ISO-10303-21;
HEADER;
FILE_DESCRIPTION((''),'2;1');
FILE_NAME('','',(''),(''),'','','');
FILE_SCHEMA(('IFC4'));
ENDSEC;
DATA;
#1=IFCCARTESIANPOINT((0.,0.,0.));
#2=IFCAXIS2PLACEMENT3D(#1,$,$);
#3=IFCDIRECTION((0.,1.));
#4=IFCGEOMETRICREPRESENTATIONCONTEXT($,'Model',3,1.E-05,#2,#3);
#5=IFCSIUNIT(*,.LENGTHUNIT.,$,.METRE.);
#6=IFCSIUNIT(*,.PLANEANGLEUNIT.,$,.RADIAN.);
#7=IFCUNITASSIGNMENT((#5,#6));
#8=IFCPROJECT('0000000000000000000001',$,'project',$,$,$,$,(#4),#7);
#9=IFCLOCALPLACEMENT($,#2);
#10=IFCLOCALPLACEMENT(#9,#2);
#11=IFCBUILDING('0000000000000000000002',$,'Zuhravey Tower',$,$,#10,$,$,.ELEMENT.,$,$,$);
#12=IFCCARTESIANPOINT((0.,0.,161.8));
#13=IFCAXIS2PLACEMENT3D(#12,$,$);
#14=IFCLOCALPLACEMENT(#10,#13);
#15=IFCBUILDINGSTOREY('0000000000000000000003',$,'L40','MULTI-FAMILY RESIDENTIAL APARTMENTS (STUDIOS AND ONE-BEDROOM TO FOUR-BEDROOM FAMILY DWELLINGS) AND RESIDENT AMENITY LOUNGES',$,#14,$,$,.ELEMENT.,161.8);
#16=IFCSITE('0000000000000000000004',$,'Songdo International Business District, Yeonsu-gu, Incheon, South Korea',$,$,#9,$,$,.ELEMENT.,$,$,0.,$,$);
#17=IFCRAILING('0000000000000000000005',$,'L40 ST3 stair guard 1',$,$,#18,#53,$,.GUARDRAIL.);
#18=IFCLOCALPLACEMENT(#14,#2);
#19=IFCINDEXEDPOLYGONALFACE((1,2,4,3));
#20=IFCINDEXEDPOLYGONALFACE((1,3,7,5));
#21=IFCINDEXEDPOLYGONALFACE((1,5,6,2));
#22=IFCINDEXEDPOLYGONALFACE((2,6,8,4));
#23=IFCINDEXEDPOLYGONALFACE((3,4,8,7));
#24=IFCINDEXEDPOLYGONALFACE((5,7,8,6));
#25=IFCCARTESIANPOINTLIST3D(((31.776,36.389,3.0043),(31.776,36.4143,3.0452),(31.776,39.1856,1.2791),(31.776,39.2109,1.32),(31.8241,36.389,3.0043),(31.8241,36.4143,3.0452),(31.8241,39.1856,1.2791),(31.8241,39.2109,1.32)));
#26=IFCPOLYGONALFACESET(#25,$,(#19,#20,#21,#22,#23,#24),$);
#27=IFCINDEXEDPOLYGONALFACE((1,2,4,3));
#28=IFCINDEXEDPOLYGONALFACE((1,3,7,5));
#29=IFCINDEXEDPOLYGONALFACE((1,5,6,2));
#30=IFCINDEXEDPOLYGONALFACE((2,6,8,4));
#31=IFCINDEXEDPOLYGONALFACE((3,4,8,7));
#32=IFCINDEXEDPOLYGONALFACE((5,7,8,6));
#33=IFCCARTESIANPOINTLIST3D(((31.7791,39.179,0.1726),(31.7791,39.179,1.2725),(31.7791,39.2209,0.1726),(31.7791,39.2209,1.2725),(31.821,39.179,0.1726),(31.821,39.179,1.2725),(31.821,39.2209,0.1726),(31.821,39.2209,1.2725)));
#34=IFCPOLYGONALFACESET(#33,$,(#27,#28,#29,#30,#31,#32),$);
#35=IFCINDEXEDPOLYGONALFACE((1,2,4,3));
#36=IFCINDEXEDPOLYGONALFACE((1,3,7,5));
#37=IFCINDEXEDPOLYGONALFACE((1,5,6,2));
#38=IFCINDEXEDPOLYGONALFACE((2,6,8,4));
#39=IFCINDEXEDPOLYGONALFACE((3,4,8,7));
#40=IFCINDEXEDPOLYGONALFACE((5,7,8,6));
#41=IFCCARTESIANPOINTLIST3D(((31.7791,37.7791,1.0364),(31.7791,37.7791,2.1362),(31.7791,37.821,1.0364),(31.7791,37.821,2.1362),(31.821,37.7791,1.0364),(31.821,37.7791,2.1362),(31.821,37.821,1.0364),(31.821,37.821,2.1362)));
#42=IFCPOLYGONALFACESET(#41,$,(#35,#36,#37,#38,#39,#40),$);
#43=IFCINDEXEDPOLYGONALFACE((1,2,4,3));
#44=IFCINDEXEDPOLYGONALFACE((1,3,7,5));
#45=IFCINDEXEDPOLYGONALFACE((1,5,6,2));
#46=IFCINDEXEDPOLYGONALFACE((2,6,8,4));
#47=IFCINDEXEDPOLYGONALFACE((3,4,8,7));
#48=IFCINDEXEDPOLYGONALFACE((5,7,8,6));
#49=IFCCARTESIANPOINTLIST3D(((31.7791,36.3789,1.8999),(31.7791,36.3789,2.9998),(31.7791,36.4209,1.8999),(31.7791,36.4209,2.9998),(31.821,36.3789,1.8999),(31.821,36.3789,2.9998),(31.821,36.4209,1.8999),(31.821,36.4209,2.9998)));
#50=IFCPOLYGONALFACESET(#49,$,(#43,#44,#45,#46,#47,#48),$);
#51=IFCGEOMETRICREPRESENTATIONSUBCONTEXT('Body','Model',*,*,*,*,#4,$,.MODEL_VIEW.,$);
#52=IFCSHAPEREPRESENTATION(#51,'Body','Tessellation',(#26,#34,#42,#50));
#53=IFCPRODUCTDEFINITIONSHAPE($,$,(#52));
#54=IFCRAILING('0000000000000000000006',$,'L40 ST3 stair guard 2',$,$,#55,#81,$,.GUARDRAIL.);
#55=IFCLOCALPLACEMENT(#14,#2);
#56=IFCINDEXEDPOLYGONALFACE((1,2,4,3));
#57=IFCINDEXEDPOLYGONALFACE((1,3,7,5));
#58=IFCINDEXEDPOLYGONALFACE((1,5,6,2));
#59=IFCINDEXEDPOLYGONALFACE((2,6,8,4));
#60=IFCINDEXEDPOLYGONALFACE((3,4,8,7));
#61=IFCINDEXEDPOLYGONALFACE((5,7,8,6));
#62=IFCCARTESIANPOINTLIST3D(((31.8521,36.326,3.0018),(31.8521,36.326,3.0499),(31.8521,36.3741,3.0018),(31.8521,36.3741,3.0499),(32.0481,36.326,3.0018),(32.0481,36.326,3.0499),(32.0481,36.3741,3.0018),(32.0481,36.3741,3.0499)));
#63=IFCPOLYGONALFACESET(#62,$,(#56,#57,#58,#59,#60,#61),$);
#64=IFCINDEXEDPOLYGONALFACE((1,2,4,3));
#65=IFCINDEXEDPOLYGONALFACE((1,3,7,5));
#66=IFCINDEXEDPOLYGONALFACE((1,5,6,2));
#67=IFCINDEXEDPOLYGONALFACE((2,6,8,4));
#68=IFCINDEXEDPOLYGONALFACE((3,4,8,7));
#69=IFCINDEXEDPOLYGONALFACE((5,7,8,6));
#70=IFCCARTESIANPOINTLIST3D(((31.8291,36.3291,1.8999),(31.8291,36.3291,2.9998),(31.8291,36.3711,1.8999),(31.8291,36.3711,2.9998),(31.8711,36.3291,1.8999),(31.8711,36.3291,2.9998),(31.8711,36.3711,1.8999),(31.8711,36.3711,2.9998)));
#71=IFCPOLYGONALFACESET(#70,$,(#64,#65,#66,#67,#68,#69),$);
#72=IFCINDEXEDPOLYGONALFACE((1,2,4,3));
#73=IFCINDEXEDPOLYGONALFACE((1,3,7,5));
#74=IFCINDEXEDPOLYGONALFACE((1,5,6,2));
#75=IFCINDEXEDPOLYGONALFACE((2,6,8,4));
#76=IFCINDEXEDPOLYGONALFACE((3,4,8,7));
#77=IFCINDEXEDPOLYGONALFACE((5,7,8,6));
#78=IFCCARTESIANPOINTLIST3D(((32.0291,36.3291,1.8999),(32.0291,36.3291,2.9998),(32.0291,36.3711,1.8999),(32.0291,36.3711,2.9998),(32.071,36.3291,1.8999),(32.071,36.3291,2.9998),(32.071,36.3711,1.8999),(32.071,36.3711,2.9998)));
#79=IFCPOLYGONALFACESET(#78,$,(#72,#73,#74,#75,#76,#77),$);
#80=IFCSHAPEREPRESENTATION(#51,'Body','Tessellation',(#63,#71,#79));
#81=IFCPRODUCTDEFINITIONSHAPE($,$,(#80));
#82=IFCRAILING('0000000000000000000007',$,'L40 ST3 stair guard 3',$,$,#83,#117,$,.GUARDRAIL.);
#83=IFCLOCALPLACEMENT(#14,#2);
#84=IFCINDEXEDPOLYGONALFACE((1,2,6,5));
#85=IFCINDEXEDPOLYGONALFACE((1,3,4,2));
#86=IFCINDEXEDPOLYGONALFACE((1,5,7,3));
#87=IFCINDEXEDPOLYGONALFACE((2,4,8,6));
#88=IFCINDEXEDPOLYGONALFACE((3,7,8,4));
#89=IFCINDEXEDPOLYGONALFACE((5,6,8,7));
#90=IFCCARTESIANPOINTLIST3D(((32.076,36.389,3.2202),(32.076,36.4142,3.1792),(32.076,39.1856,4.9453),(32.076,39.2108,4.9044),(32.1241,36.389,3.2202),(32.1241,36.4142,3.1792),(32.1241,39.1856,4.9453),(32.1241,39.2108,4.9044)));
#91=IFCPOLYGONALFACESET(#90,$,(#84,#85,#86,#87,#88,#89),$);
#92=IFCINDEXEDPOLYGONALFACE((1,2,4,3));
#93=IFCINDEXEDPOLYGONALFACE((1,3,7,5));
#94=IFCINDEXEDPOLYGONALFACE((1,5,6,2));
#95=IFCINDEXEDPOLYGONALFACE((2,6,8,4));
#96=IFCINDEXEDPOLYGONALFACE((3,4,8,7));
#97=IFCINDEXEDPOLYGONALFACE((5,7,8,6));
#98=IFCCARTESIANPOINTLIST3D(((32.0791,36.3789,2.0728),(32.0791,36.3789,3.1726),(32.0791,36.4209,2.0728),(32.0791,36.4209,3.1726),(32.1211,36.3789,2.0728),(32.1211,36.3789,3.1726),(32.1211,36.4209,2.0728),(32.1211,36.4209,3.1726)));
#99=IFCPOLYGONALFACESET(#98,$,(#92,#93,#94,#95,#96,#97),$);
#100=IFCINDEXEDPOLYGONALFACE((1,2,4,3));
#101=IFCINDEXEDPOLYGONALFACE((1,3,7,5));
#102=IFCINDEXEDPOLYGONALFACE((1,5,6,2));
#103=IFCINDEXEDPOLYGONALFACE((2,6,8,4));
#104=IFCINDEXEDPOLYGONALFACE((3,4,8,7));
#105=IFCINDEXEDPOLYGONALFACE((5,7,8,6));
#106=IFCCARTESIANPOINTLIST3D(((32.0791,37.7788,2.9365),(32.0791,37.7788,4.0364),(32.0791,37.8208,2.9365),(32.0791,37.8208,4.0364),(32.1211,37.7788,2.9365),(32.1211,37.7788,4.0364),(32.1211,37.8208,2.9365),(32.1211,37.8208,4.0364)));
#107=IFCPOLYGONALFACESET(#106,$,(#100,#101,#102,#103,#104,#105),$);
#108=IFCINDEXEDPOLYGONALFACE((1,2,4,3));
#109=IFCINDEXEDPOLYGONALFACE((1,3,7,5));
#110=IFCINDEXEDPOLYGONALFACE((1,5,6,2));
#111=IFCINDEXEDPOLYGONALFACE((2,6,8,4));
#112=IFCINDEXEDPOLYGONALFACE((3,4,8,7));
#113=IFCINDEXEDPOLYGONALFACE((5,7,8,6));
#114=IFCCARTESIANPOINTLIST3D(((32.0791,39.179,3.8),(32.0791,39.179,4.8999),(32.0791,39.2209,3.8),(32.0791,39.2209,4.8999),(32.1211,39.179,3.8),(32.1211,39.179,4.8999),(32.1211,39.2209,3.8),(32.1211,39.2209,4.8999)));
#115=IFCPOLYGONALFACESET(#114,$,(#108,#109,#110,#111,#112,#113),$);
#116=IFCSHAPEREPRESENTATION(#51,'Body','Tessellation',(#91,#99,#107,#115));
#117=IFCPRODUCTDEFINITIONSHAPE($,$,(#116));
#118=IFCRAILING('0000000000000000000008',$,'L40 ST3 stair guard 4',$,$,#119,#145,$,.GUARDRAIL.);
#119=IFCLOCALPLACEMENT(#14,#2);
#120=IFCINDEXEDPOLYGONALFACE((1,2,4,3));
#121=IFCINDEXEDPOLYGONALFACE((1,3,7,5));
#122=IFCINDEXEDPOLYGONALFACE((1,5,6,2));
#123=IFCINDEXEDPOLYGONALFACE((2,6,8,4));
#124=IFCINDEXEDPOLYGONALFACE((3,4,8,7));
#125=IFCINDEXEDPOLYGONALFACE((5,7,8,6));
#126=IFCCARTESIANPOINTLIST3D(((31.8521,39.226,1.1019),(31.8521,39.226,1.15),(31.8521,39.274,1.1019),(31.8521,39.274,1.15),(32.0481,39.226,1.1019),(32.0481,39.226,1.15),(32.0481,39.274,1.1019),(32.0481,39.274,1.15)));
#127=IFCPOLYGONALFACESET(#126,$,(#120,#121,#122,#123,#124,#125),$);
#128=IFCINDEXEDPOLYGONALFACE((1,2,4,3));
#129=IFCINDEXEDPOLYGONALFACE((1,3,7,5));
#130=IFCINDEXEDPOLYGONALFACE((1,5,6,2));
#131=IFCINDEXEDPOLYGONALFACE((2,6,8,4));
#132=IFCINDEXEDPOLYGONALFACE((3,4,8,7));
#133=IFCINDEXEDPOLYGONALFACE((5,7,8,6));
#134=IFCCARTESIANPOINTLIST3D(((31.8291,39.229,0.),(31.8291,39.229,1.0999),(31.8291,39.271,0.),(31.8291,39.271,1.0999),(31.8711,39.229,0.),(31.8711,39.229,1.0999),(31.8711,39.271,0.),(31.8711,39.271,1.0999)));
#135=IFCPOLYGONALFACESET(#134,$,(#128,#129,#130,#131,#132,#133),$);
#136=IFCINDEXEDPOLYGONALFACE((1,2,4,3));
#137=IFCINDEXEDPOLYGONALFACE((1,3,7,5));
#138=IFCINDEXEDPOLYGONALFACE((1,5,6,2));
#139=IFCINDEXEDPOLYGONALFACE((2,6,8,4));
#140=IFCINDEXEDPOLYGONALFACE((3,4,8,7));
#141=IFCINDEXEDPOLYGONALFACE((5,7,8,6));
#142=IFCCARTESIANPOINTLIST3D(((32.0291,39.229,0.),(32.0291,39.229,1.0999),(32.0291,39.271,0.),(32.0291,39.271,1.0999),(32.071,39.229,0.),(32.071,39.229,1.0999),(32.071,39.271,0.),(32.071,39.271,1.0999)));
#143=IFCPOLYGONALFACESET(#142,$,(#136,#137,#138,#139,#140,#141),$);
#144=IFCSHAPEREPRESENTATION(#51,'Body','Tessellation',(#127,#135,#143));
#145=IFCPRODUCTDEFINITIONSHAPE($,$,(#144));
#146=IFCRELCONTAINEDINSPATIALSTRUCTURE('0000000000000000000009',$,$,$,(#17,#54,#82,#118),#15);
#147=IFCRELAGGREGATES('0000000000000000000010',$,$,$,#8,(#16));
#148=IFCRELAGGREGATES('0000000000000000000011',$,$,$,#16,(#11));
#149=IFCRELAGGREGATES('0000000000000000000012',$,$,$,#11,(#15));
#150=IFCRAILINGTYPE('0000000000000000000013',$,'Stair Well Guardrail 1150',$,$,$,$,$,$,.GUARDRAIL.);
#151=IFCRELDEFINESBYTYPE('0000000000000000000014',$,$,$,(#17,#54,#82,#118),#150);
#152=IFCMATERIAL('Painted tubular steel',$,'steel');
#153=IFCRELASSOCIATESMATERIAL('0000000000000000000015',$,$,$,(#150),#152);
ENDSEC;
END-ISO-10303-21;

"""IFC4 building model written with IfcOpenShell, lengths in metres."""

from ifc_helpers import new_model, si_unit, direction, frame, origin, origin_2d, place, context, subcontext, project, spatial, rectangle, extrude, material, type_object, element, save


model = new_model("IFC4")

# Units and contexts
model_context = context("Model", 3, precision=1e-05, world=origin(), true_north=direction((0.0, 1.0)))
body_context = subcontext(model_context, "Body", "Model", "MODEL_VIEW")
ifc_project = project(units=[si_unit("LENGTHUNIT", "METRE"), si_unit("PLANEANGLEUNIT", "RADIAN")], contexts=[model_context])

# Site, building, storey
site_placement = place(None, origin())
site = spatial("IfcSite", under=ifc_project, at=site_placement, Name="Songdo International Business District, Yeonsu-gu, Incheon, South Korea", CompositionType="ELEMENT", RefElevation=0.0)
building_placement = place(site_placement, origin())
building = spatial("IfcBuilding", under=site, at=building_placement, Name="Zuhravey Tower", CompositionType="ELEMENT")
storey_placement = place(building_placement, frame((0.0, 0.0, 161.8)))
storey = spatial("IfcBuildingStorey", under=building, at=storey_placement, Name="L40", Description="MULTI-FAMILY RESIDENTIAL APARTMENTS (STUDIOS AND ONE-BEDROOM TO FOUR-BEDROOM FAMILY DWELLINGS) AND RESIDENT AMENITY LOUNGES", CompositionType="ELEMENT", Elevation=161.8)

# Railings
ifc_material_1 = material(Name="Painted tubular steel", Category="steel")
railing_type_1 = type_object("IfcRailingType", Name="Stair Well Guardrail 1150", PredefinedType="GUARDRAIL", material=ifc_material_1)
railing_1_placement = place(storey_placement, frame((31.8, 39.2, 0.1726)))
element("IfcRailing", 1, at=railing_1_placement, inside=storey, type_object=railing_type_1, Name="L40 ST3 stair guard 1", PredefinedType="GUARDRAIL", context=body_context, shape_type="SweptSolid", body=[
    extrude(rectangle(XDim=0.0481, YDim=0.0481, at=origin_2d()), frame((0.0, -0.0017, 1.127), z_axis=(0.0, -0.85109, 0.52502), x_axis=(1.0, 0.0, 0.0)), (0.0, 0.0, 1.0), 3.2859),
    extrude(rectangle(XDim=0.042, YDim=0.042, at=origin_2d()), origin(), (0.0, 0.0, 1.0), 1.0999),
    extrude(rectangle(XDim=0.042, YDim=0.042, at=origin_2d()), frame((0.0, -1.3999, 0.8638)), (0.0, 0.0, 1.0), 1.0999),
    extrude(rectangle(XDim=0.042, YDim=0.042, at=origin_2d()), frame((0.0, -2.8, 1.7273)), (0.0, 0.0, 1.0), 1.0999),
])
railing_2_placement = place(storey_placement, frame((31.8501, 36.3501, 1.8999)))
element("IfcRailing", 2, at=railing_2_placement, inside=storey, type_object=railing_type_1, Name="L40 ST3 stair guard 2", PredefinedType="GUARDRAIL", context=body_context, shape_type="SweptSolid", body=[
    extrude(rectangle(XDim=0.0481, YDim=0.0481, at=origin_2d()), frame((0.002, 0.0, 1.126), z_axis=(1.0, 0.0, 0.0), x_axis=(0.0, 1.0, 0.0)), (0.0, 0.0, 1.0), 0.196),
    extrude(rectangle(XDim=0.042, YDim=0.042, at=origin_2d()), origin(), (0.0, 0.0, 1.0), 1.0999),
    extrude(rectangle(XDim=0.042, YDim=0.042, at=origin_2d()), frame((0.2, 0.0, 0.0)), (0.0, 0.0, 1.0), 1.0999),
])
railing_3_placement = place(storey_placement, frame((32.1001, 36.3999, 2.0728)))
element("IfcRailing", 3, at=railing_3_placement, inside=storey, type_object=railing_type_1, Name="L40 ST3 stair guard 3", PredefinedType="GUARDRAIL", context=body_context, shape_type="SweptSolid", body=[
    extrude(rectangle(XDim=0.0481, YDim=0.0481, at=origin_2d()), frame((0.0, 0.0017, 1.127), z_axis=(0.0, 0.85109, 0.52502), x_axis=(-1.0, 0.0, 0.0)), (0.0, 0.0, 1.0), 3.2859),
    extrude(rectangle(XDim=0.042, YDim=0.042, at=origin_2d()), origin(), (0.0, 0.0, 1.0), 1.0999),
    extrude(rectangle(XDim=0.042, YDim=0.042, at=origin_2d()), frame((0.0, 1.3999, 0.8638)), (0.0, 0.0, 1.0), 1.0999),
    extrude(rectangle(XDim=0.042, YDim=0.042, at=origin_2d()), frame((0.0, 2.8, 1.7273)), (0.0, 0.0, 1.0), 1.0999),
])
railing_4_placement = place(storey_placement, frame((31.8501, 39.25, 0.0)))
element("IfcRailing", 4, at=railing_4_placement, inside=storey, type_object=railing_type_1, Name="L40 ST3 stair guard 4", PredefinedType="GUARDRAIL", context=body_context, shape_type="SweptSolid", body=[
    extrude(rectangle(XDim=0.0481, YDim=0.0481, at=origin_2d()), frame((0.002, 0.0, 1.126), z_axis=(1.0, 0.0, 0.0), x_axis=(0.0, 1.0, 0.0)), (0.0, 0.0, 1.0), 0.196),
    extrude(rectangle(XDim=0.042, YDim=0.042, at=origin_2d()), origin(), (0.0, 0.0, 1.0), 1.0999),
    extrude(rectangle(XDim=0.042, YDim=0.042, at=origin_2d()), frame((0.2, 0.0, 0.0)), (0.0, 0.0, 1.0), 1.0999),
])

save(model, "model.ifc")
